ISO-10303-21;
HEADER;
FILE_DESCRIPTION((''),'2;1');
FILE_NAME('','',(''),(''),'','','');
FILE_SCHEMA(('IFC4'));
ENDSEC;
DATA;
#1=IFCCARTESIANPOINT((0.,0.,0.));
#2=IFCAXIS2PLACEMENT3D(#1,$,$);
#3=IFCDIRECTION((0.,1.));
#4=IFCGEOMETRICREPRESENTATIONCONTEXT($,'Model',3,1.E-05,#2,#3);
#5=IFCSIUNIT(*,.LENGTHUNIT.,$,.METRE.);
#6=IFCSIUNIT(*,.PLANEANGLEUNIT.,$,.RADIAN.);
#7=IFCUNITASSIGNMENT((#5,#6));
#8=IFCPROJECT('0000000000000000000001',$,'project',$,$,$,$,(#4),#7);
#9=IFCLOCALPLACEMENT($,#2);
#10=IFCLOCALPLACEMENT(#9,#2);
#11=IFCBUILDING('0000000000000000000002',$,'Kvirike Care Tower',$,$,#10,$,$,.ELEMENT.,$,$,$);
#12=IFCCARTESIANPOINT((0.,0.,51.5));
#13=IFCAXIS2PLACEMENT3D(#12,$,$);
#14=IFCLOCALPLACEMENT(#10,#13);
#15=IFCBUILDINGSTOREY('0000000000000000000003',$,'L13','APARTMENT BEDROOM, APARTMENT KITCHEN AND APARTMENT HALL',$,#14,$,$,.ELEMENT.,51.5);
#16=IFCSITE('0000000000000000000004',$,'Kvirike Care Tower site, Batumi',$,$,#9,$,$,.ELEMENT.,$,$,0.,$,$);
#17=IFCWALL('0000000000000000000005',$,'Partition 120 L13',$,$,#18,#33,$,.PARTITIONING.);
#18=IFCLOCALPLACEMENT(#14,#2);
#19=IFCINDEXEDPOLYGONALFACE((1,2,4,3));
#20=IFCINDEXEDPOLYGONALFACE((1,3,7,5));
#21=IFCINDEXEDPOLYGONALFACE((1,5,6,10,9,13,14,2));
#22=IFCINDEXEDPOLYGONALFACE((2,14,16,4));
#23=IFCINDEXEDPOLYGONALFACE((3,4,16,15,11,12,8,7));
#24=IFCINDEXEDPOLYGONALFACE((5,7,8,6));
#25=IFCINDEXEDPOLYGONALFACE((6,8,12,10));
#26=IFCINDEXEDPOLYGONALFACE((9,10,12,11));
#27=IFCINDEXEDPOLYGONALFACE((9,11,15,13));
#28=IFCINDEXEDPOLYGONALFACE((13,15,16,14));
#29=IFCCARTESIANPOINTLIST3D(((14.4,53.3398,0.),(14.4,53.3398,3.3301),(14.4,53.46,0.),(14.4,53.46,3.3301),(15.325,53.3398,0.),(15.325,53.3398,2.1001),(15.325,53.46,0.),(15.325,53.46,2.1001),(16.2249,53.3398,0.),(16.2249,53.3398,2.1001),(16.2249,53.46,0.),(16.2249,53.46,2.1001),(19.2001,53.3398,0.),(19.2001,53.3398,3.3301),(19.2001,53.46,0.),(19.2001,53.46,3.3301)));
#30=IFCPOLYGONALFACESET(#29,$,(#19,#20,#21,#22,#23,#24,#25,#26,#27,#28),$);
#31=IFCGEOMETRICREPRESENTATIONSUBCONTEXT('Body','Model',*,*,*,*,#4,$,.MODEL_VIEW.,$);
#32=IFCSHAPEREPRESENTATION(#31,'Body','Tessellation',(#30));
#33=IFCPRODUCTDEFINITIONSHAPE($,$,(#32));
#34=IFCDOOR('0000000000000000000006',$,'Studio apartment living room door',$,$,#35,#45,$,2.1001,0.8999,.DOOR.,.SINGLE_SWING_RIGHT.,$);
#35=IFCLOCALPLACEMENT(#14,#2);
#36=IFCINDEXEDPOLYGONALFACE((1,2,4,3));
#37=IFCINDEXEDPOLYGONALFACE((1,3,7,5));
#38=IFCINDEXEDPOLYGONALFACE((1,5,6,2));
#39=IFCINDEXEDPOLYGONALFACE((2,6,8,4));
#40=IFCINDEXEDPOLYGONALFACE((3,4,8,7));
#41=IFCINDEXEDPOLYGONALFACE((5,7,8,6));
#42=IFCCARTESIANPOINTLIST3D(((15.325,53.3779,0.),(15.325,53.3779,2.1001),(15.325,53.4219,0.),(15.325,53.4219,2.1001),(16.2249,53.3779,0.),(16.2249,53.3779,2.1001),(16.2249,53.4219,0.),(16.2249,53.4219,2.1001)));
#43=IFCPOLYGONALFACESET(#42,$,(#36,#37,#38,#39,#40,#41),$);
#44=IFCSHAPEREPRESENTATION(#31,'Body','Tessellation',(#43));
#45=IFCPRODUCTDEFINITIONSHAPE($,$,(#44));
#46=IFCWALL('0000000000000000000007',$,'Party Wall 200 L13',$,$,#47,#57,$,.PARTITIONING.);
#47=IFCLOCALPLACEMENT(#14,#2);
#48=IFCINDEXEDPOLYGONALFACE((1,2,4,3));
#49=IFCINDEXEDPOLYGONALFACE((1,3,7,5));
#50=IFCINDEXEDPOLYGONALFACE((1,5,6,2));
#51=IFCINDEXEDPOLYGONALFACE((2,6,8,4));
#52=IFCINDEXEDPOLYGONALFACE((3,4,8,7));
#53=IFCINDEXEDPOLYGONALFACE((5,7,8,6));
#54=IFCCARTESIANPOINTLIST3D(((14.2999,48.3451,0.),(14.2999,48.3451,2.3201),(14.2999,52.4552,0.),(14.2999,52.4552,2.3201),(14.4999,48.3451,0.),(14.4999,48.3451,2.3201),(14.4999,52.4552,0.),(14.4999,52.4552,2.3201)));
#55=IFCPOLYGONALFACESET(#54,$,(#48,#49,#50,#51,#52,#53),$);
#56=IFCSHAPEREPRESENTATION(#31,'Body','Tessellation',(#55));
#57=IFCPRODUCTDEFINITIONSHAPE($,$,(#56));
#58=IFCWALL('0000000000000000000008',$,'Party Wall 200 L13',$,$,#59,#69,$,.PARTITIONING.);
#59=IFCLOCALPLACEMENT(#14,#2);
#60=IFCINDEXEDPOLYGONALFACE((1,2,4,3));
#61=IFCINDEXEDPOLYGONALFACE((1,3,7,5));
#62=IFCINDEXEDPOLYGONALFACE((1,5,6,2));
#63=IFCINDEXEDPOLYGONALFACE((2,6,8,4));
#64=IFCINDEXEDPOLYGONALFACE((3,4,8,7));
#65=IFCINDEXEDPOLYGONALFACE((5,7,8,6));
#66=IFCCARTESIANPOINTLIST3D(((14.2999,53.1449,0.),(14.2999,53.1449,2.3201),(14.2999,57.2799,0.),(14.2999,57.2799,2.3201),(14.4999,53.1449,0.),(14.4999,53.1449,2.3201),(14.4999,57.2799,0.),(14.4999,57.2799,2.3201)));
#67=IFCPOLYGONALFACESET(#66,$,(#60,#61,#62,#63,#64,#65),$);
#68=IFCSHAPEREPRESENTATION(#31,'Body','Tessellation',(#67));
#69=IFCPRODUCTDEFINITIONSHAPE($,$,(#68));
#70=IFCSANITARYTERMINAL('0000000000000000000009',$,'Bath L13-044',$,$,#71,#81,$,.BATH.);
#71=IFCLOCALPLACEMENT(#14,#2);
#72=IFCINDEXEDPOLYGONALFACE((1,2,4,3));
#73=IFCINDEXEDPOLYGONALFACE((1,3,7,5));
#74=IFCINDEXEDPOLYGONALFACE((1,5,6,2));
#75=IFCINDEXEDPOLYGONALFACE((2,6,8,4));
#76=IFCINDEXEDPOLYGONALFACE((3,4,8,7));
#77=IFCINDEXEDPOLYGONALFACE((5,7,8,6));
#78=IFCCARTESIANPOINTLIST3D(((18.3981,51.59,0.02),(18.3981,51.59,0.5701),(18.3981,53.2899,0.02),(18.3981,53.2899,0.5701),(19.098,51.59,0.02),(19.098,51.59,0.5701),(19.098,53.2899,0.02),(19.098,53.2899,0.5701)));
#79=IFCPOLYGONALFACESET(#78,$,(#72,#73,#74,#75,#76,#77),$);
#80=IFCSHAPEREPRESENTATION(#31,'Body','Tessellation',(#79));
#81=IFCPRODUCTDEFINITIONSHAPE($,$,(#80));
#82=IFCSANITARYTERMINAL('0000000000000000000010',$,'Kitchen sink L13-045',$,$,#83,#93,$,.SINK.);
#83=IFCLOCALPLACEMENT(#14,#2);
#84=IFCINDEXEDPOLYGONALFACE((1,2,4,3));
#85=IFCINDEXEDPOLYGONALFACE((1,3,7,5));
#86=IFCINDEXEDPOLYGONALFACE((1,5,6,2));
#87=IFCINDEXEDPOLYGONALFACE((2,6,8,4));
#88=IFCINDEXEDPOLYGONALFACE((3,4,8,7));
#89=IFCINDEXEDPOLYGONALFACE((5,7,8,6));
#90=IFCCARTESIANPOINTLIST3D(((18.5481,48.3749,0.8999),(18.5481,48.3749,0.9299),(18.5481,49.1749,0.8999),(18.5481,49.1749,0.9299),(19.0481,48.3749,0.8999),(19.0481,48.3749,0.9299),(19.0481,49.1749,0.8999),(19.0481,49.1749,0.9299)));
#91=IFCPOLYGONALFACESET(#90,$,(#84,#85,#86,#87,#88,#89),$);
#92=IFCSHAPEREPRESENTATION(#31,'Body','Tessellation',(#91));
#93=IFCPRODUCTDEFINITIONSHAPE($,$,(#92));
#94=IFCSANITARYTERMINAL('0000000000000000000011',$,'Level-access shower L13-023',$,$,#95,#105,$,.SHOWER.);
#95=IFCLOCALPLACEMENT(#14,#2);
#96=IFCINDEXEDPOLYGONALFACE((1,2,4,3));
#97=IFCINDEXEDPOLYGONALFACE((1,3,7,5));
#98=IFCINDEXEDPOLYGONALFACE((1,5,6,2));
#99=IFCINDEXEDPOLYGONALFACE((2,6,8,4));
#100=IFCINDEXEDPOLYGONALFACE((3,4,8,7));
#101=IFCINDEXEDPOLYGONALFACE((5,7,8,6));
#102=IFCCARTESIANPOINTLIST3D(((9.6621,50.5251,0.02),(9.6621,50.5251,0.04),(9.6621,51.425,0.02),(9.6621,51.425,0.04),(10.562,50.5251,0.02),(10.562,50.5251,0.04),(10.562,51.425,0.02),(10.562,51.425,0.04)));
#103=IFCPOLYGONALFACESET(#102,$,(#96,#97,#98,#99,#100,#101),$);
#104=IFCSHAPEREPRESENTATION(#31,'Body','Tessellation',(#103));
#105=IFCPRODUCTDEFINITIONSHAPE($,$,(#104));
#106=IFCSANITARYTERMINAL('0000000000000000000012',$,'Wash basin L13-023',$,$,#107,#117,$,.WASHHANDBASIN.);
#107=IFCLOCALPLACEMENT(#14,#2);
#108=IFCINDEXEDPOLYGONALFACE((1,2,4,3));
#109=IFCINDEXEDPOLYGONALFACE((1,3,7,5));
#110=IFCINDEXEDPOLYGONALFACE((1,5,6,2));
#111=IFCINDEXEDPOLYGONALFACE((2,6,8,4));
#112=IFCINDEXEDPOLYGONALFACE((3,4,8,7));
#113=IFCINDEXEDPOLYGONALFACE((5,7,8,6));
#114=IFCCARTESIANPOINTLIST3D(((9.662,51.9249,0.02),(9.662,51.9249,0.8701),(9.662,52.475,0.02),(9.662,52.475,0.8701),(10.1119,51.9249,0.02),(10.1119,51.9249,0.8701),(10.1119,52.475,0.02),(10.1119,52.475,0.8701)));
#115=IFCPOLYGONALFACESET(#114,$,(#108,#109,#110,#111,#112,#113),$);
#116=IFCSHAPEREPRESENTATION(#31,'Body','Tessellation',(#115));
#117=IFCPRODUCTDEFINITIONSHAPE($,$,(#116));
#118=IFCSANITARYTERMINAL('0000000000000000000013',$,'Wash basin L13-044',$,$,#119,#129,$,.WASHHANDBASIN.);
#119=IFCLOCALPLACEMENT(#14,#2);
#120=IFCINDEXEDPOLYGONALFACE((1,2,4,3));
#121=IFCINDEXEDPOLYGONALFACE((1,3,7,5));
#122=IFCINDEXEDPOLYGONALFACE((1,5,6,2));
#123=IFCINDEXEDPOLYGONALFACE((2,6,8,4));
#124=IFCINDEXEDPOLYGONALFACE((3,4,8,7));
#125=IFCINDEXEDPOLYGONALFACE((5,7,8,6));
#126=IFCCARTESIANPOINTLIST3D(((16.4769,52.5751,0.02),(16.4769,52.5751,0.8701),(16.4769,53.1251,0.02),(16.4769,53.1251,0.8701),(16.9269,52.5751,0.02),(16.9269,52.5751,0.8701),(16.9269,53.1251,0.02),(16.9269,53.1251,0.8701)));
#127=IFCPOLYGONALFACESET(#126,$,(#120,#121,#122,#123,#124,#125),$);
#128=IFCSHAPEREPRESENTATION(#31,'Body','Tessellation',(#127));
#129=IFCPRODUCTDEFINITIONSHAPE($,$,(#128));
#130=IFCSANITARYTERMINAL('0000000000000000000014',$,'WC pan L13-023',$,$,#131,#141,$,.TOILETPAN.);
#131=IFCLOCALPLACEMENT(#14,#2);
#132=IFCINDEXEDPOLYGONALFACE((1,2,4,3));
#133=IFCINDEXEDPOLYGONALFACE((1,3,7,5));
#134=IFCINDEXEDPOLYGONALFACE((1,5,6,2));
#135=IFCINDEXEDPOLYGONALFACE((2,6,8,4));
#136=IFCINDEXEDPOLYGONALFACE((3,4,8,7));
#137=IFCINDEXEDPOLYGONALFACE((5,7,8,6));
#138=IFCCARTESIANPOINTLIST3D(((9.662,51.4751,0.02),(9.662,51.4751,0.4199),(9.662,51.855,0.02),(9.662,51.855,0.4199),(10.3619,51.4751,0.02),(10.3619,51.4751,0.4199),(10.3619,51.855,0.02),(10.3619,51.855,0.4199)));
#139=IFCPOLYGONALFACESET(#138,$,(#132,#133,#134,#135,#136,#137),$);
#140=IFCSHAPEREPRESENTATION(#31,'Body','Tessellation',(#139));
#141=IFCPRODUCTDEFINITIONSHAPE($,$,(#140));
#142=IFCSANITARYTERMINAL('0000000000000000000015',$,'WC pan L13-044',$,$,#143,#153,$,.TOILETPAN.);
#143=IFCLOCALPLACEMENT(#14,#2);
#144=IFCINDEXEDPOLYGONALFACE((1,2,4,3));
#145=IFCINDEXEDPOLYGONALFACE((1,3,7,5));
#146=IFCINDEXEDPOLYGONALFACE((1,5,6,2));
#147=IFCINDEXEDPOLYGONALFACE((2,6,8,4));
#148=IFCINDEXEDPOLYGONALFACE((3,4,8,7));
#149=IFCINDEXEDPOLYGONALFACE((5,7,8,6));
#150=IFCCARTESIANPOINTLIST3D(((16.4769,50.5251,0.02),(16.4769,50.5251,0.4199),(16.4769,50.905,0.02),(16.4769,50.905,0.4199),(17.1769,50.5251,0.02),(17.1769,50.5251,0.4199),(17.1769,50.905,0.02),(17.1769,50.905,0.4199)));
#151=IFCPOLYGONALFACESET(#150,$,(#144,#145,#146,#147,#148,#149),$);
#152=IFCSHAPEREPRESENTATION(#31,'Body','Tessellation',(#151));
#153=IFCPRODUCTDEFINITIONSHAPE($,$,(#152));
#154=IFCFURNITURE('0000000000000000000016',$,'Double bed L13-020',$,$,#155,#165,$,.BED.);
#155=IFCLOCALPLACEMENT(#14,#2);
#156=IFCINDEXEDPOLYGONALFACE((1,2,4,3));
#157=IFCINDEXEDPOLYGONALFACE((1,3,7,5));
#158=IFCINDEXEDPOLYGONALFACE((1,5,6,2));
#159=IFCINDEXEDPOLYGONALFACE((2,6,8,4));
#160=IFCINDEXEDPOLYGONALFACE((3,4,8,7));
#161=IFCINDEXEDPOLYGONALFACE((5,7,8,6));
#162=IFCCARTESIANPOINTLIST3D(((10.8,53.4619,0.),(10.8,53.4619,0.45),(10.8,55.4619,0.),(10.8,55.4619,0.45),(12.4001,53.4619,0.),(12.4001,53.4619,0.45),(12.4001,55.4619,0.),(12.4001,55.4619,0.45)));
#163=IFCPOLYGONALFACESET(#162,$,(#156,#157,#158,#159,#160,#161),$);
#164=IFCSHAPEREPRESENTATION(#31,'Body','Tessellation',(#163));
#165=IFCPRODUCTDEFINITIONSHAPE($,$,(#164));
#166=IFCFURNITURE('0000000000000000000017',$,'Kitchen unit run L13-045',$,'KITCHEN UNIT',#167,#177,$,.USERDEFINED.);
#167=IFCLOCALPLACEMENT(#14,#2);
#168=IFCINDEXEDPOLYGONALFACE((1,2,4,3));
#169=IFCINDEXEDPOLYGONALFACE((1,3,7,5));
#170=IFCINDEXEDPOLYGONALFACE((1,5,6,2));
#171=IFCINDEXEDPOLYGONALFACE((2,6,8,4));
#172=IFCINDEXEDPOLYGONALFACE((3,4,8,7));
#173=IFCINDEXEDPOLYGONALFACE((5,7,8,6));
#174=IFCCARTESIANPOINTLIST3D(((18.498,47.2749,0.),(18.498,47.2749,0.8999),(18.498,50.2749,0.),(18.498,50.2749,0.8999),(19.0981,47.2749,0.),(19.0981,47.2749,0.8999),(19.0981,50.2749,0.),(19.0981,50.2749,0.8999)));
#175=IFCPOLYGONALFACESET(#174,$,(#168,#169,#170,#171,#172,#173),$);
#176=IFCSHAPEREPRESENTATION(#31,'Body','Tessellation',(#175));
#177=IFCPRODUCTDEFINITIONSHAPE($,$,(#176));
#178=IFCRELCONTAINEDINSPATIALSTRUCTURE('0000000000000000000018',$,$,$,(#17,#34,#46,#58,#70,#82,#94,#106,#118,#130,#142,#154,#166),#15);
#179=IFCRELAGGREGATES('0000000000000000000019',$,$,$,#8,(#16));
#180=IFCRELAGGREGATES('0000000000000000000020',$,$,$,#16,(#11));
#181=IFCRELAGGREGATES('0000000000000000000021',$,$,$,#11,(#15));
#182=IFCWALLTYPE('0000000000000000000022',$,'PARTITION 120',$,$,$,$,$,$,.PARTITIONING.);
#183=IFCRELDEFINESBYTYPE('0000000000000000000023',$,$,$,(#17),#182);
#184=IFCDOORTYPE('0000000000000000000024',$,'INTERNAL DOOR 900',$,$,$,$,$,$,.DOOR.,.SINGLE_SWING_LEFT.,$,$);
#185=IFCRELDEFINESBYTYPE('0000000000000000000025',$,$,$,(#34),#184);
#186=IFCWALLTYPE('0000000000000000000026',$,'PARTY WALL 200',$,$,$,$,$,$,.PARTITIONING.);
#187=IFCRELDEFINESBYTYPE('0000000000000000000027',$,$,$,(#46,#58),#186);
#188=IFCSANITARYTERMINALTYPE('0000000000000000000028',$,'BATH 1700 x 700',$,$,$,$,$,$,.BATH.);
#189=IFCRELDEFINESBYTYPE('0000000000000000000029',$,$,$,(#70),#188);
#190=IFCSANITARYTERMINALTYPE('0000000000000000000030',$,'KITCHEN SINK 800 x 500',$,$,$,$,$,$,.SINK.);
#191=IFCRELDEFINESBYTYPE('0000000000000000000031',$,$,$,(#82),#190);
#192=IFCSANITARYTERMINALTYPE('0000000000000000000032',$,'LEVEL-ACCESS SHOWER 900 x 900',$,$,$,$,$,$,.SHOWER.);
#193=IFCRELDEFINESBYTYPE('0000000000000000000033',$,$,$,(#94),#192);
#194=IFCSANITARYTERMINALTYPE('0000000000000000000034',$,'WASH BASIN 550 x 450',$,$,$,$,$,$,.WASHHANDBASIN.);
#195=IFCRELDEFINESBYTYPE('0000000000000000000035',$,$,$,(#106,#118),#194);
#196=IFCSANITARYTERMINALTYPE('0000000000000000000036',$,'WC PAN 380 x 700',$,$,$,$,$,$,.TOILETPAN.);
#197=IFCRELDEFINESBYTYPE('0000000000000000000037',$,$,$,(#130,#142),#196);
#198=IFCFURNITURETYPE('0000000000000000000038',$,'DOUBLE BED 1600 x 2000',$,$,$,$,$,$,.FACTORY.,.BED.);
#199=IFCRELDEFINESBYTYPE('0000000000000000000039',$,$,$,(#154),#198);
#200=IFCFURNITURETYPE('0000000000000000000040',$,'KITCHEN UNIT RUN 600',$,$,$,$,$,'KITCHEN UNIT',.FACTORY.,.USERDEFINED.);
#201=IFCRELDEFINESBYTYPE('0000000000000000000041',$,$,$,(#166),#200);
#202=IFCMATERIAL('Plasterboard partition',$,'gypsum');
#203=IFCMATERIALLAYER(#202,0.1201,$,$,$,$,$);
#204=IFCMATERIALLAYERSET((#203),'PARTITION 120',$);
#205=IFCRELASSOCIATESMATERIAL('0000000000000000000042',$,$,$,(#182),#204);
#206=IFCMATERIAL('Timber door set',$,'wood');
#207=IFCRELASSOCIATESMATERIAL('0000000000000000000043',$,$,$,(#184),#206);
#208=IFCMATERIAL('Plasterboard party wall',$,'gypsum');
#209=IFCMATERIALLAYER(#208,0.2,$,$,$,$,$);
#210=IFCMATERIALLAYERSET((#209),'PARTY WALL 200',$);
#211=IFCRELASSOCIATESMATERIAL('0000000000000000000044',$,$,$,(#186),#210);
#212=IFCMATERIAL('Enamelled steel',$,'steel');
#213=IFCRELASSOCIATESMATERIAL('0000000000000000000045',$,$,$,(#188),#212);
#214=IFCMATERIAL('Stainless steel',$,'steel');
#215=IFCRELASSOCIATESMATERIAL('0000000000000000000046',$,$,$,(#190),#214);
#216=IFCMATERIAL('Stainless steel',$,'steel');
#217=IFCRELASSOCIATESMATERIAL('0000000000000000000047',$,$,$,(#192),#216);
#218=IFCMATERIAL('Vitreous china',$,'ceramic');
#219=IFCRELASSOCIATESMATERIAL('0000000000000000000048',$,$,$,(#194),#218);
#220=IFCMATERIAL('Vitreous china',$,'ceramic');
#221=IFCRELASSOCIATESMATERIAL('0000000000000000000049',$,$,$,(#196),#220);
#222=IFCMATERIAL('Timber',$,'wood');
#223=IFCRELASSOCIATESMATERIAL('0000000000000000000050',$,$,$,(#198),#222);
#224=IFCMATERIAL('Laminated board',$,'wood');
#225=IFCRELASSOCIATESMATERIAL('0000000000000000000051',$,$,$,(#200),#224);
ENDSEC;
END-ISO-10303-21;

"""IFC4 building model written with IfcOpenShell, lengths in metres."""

from ifc_helpers import new_model, si_unit, direction, frame, frame_2d, origin, origin_2d, place, context, subcontext, project, spatial, rectangle, extrude, material, layer, layer_set, type_object, element, fill, save


model = new_model("IFC4")

# Units and contexts
model_context = context("Model", 3, precision=1e-05, world=origin(), true_north=direction((0.0, 1.0)))
body_context = subcontext(model_context, "Body", "Model", "MODEL_VIEW")
ifc_project = project(units=[si_unit("LENGTHUNIT", "METRE"), si_unit("PLANEANGLEUNIT", "RADIAN")], contexts=[model_context])

# Site, building, storey
site_placement = place(None, origin())
site = spatial("IfcSite", under=ifc_project, at=site_placement, Name="Kvirike Care Tower site, Batumi", CompositionType="ELEMENT", RefElevation=0.0)
building_placement = place(site_placement, origin())
building = spatial("IfcBuilding", under=site, at=building_placement, Name="Kvirike Care Tower", CompositionType="ELEMENT")
storey_placement = place(building_placement, frame((0.0, 0.0, 51.5)))
storey = spatial("IfcBuildingStorey", under=building, at=storey_placement, Name="L13", Description="APARTMENT BEDROOM, APARTMENT KITCHEN AND APARTMENT HALL", CompositionType="ELEMENT", Elevation=51.5)

# Wall, opening, door
ifc_material_1 = material(Name="Plasterboard partition", Category="gypsum")
ifc_layer_1 = layer(ifc_material_1, 0.1201)
ifc_layer_set_1 = layer_set([ifc_layer_1], Name="PARTITION 120")
wall_type_1 = type_object("IfcWallType", Name="PARTITION 120", PredefinedType="PARTITIONING", material=ifc_layer_set_1)
ifc_material_2 = material(Name="Timber door set", Category="wood")
door_type_1 = type_object("IfcDoorType", Name="INTERNAL DOOR 900", OperationType="SINGLE_SWING_LEFT", PredefinedType="DOOR", material=ifc_material_2)
wall_1_placement = place(storey_placement, frame((19.2, 53.3999, 0.0), z_axis=(0.0, 0.0, 1.0), x_axis=(-1.0, 0.0, 0.0)))
wall_1 = element("IfcWall", 1, at=wall_1_placement, inside=storey, type_object=wall_type_1, Name="Partition 120 L13", PredefinedType="PARTITIONING", context=body_context, shape_type="SweptSolid", body=[
    extrude(rectangle(XDim=4.8, YDim=0.1201, at=frame_2d((2.3999, 0.0))), origin(), (0.0, 0.0, 1.0), 3.3301),
])
opening_1_placement = place(wall_1_placement, frame((2.9751, 0.0, 0.0)))
opening_1 = element("IfcOpeningElement", 2, at=opening_1_placement, cuts=wall_1, PredefinedType="OPENING", context=body_context, shape_type="SweptSolid", body=[
    extrude(rectangle(XDim=0.8999, YDim=2.1001, at=frame_2d((0.45, 1.05))), frame((0.0, 0.0706, 0.0), z_axis=(0.0, -1.0, 0.0), x_axis=(1.0, 0.0, 0.0)), (0.0, 0.0, 1.0), 0.1411),
])
door_1_placement = place(opening_1_placement, frame((0.8999, 0.0, 0.0), z_axis=(0.0, 0.0, 1.0), x_axis=(-1.0, 0.0, 0.0)))
door_1 = element("IfcDoor", 3, at=door_1_placement, inside=storey, type_object=door_type_1, Name="Studio apartment living room door", OperationType="SINGLE_SWING_RIGHT", OverallHeight=2.1001, OverallWidth=0.8999, PredefinedType="DOOR", context=body_context, shape_type="SweptSolid", body=[
    extrude(rectangle(XDim=0.8999, YDim=2.1001, at=frame_2d((0.45, 1.05))), frame((0.0, 0.022, 0.0), z_axis=(0.0, -1.0, 0.0), x_axis=(1.0, 0.0, 0.0)), (0.0, 0.0, 1.0), 0.0439),
])
fill(opening_1, door_1)

# Walls
ifc_material_3 = material(Name="Plasterboard party wall", Category="gypsum")
ifc_layer_2 = layer(ifc_material_3, 0.2)
ifc_layer_set_2 = layer_set([ifc_layer_2], Name="PARTY WALL 200")
wall_type_2 = type_object("IfcWallType", Name="PARTY WALL 200", PredefinedType="PARTITIONING", material=ifc_layer_set_2)
wall_2_placement = place(storey_placement, frame((14.3999, 48.345, 0.0), z_axis=(0.0, 0.0, 1.0), x_axis=(0.0, 1.0, 0.0)))
element("IfcWall", 4, at=wall_2_placement, inside=storey, type_object=wall_type_2, Name="Party Wall 200 L13", PredefinedType="PARTITIONING", context=body_context, shape_type="SweptSolid", body=[
    extrude(rectangle(XDim=4.1101, YDim=0.2, at=frame_2d((2.0552, 0.0))), origin(), (0.0, 0.0, 1.0), 2.3201),
])
wall_3_placement = place(storey_placement, frame((14.3999, 53.145, 0.0), z_axis=(0.0, 0.0, 1.0), x_axis=(0.0, 1.0, 0.0)))
element("IfcWall", 5, at=wall_3_placement, inside=storey, type_object=wall_type_2, Name="Party Wall 200 L13", PredefinedType="PARTITIONING", context=body_context, shape_type="SweptSolid", body=[
    extrude(rectangle(XDim=4.135, YDim=0.2, at=frame_2d((2.0674, 0.0))), origin(), (0.0, 0.0, 1.0), 2.3201),
])

# Sanitary terminals
ifc_material_4 = material(Name="Enamelled steel", Category="steel")
sanitary_terminal_type_1 = type_object("IfcSanitaryTerminalType", Name="BATH 1700 x 700", PredefinedType="BATH", material=ifc_material_4)
sanitary_terminal_1_placement = place(storey_placement, frame((18.748, 52.4399, 0.02), z_axis=(0.0, 0.0, 1.0), x_axis=(0.0, -1.0, 0.0)))
element("IfcSanitaryTerminal", 6, at=sanitary_terminal_1_placement, inside=storey, type_object=sanitary_terminal_type_1, Name="Bath L13-044", PredefinedType="BATH", context=body_context, shape_type="SweptSolid", body=[
    extrude(rectangle(XDim=1.7, YDim=0.7, at=origin_2d()), origin(), (0.0, 0.0, 1.0), 0.55),
])
ifc_material_5 = material(Name="Stainless steel", Category="steel")
sanitary_terminal_type_2 = type_object("IfcSanitaryTerminalType", Name="KITCHEN SINK 800 x 500", PredefinedType="SINK", material=ifc_material_5)
sanitary_terminal_2_placement = place(storey_placement, frame((18.7981, 48.7749, 0.8999), z_axis=(0.0, 0.0, 1.0), x_axis=(0.0, -1.0, 0.0)))
element("IfcSanitaryTerminal", 7, at=sanitary_terminal_2_placement, inside=storey, type_object=sanitary_terminal_type_2, Name="Kitchen sink L13-045", PredefinedType="SINK", context=body_context, shape_type="SweptSolid", body=[
    extrude(rectangle(XDim=0.8, YDim=0.5, at=origin_2d()), origin(), (0.0, 0.0, 1.0), 0.03),
])
ifc_material_6 = material(Name="Stainless steel", Category="steel")
sanitary_terminal_type_3 = type_object("IfcSanitaryTerminalType", Name="LEVEL-ACCESS SHOWER 900 x 900", PredefinedType="SHOWER", material=ifc_material_6)
sanitary_terminal_3_placement = place(storey_placement, frame((10.1121, 50.9751, 0.02), z_axis=(0.0, 0.0, 1.0), x_axis=(0.0, 1.0, 0.0)))
element("IfcSanitaryTerminal", 8, at=sanitary_terminal_3_placement, inside=storey, type_object=sanitary_terminal_type_3, Name="Level-access shower L13-023", PredefinedType="SHOWER", context=body_context, shape_type="SweptSolid", body=[
    extrude(rectangle(XDim=0.8999, YDim=0.8999, at=origin_2d()), origin(), (0.0, 0.0, 1.0), 0.02),
])
ifc_material_7 = material(Name="Vitreous china", Category="ceramic")
sanitary_terminal_type_4 = type_object("IfcSanitaryTerminalType", Name="WASH BASIN 550 x 450", PredefinedType="WASHHANDBASIN", material=ifc_material_7)
for number, where, z_axis, x_axis, name in (
    (9, (9.887, 52.2, 0.02), (0.0, 0.0, 1.0), (0.0, 1.0, 0.0), "Wash basin L13-023"),
    (10, (16.7019, 52.8501, 0.02), (0.0, 0.0, 1.0), (0.0, 1.0, 0.0), "Wash basin L13-044"),
):
    element("IfcSanitaryTerminal", number, at=place(storey_placement, frame(where, z_axis=z_axis, x_axis=x_axis)), inside=storey, type_object=sanitary_terminal_type_4, Name=name, PredefinedType="WASHHANDBASIN", context=body_context, shape_type="SweptSolid", body=[
        extrude(rectangle(XDim=0.55, YDim=0.45, at=origin_2d()), origin(), (0.0, 0.0, 1.0), 0.8501),
    ])
ifc_material_8 = material(Name="Vitreous china", Category="ceramic")
sanitary_terminal_type_5 = type_object("IfcSanitaryTerminalType", Name="WC PAN 380 x 700", PredefinedType="TOILETPAN", material=ifc_material_8)
for number, where, z_axis, x_axis, name in (
    (11, (10.012, 51.665, 0.02), (0.0, 0.0, 1.0), (0.0, 1.0, 0.0), "WC pan L13-023"),
    (12, (16.8269, 50.7151, 0.02), (0.0, 0.0, 1.0), (0.0, 1.0, 0.0), "WC pan L13-044"),
):
    element("IfcSanitaryTerminal", number, at=place(storey_placement, frame(where, z_axis=z_axis, x_axis=x_axis)), inside=storey, type_object=sanitary_terminal_type_5, Name=name, PredefinedType="TOILETPAN", context=body_context, shape_type="SweptSolid", body=[
        extrude(rectangle(XDim=0.3799, YDim=0.7, at=origin_2d()), origin(), (0.0, 0.0, 1.0), 0.3999),
    ])

# Furniture
ifc_material_9 = material(Name="Timber", Category="wood")
furniture_type_1 = type_object("IfcFurnitureType", Name="DOUBLE BED 1600 x 2000", AssemblyPlace="FACTORY", PredefinedType="BED", material=ifc_material_9)
furniture_1_placement = place(storey_placement, frame((11.6001, 54.4619, 0.0), z_axis=(0.0, 0.0, 1.0), x_axis=(-1.0, 0.0, 0.0)))
element("IfcFurniture", 13, at=furniture_1_placement, inside=storey, type_object=furniture_type_1, Name="Double bed L13-020", PredefinedType="BED", context=body_context, shape_type="SweptSolid", body=[
    extrude(rectangle(XDim=1.6001, YDim=2.0, at=origin_2d()), origin(), (0.0, 0.0, 1.0), 0.45),
])
ifc_material_10 = material(Name="Laminated board", Category="wood")
furniture_type_2 = type_object("IfcFurnitureType", Name="KITCHEN UNIT RUN 600", ElementType="KITCHEN UNIT", AssemblyPlace="FACTORY", PredefinedType="USERDEFINED", material=ifc_material_10)
furniture_2_placement = place(storey_placement, frame((18.7981, 48.7749, 0.0), z_axis=(0.0, 0.0, 1.0), x_axis=(0.0, -1.0, 0.0)))
element("IfcFurniture", 14, at=furniture_2_placement, inside=storey, type_object=furniture_type_2, Name="Kitchen unit run L13-045", ObjectType="KITCHEN UNIT", PredefinedType="USERDEFINED", context=body_context, shape_type="SweptSolid", body=[
    extrude(rectangle(XDim=3.0, YDim=0.6001, at=origin_2d()), origin(), (0.0, 0.0, 1.0), 0.8999),
])

save(model, "model.ifc")
